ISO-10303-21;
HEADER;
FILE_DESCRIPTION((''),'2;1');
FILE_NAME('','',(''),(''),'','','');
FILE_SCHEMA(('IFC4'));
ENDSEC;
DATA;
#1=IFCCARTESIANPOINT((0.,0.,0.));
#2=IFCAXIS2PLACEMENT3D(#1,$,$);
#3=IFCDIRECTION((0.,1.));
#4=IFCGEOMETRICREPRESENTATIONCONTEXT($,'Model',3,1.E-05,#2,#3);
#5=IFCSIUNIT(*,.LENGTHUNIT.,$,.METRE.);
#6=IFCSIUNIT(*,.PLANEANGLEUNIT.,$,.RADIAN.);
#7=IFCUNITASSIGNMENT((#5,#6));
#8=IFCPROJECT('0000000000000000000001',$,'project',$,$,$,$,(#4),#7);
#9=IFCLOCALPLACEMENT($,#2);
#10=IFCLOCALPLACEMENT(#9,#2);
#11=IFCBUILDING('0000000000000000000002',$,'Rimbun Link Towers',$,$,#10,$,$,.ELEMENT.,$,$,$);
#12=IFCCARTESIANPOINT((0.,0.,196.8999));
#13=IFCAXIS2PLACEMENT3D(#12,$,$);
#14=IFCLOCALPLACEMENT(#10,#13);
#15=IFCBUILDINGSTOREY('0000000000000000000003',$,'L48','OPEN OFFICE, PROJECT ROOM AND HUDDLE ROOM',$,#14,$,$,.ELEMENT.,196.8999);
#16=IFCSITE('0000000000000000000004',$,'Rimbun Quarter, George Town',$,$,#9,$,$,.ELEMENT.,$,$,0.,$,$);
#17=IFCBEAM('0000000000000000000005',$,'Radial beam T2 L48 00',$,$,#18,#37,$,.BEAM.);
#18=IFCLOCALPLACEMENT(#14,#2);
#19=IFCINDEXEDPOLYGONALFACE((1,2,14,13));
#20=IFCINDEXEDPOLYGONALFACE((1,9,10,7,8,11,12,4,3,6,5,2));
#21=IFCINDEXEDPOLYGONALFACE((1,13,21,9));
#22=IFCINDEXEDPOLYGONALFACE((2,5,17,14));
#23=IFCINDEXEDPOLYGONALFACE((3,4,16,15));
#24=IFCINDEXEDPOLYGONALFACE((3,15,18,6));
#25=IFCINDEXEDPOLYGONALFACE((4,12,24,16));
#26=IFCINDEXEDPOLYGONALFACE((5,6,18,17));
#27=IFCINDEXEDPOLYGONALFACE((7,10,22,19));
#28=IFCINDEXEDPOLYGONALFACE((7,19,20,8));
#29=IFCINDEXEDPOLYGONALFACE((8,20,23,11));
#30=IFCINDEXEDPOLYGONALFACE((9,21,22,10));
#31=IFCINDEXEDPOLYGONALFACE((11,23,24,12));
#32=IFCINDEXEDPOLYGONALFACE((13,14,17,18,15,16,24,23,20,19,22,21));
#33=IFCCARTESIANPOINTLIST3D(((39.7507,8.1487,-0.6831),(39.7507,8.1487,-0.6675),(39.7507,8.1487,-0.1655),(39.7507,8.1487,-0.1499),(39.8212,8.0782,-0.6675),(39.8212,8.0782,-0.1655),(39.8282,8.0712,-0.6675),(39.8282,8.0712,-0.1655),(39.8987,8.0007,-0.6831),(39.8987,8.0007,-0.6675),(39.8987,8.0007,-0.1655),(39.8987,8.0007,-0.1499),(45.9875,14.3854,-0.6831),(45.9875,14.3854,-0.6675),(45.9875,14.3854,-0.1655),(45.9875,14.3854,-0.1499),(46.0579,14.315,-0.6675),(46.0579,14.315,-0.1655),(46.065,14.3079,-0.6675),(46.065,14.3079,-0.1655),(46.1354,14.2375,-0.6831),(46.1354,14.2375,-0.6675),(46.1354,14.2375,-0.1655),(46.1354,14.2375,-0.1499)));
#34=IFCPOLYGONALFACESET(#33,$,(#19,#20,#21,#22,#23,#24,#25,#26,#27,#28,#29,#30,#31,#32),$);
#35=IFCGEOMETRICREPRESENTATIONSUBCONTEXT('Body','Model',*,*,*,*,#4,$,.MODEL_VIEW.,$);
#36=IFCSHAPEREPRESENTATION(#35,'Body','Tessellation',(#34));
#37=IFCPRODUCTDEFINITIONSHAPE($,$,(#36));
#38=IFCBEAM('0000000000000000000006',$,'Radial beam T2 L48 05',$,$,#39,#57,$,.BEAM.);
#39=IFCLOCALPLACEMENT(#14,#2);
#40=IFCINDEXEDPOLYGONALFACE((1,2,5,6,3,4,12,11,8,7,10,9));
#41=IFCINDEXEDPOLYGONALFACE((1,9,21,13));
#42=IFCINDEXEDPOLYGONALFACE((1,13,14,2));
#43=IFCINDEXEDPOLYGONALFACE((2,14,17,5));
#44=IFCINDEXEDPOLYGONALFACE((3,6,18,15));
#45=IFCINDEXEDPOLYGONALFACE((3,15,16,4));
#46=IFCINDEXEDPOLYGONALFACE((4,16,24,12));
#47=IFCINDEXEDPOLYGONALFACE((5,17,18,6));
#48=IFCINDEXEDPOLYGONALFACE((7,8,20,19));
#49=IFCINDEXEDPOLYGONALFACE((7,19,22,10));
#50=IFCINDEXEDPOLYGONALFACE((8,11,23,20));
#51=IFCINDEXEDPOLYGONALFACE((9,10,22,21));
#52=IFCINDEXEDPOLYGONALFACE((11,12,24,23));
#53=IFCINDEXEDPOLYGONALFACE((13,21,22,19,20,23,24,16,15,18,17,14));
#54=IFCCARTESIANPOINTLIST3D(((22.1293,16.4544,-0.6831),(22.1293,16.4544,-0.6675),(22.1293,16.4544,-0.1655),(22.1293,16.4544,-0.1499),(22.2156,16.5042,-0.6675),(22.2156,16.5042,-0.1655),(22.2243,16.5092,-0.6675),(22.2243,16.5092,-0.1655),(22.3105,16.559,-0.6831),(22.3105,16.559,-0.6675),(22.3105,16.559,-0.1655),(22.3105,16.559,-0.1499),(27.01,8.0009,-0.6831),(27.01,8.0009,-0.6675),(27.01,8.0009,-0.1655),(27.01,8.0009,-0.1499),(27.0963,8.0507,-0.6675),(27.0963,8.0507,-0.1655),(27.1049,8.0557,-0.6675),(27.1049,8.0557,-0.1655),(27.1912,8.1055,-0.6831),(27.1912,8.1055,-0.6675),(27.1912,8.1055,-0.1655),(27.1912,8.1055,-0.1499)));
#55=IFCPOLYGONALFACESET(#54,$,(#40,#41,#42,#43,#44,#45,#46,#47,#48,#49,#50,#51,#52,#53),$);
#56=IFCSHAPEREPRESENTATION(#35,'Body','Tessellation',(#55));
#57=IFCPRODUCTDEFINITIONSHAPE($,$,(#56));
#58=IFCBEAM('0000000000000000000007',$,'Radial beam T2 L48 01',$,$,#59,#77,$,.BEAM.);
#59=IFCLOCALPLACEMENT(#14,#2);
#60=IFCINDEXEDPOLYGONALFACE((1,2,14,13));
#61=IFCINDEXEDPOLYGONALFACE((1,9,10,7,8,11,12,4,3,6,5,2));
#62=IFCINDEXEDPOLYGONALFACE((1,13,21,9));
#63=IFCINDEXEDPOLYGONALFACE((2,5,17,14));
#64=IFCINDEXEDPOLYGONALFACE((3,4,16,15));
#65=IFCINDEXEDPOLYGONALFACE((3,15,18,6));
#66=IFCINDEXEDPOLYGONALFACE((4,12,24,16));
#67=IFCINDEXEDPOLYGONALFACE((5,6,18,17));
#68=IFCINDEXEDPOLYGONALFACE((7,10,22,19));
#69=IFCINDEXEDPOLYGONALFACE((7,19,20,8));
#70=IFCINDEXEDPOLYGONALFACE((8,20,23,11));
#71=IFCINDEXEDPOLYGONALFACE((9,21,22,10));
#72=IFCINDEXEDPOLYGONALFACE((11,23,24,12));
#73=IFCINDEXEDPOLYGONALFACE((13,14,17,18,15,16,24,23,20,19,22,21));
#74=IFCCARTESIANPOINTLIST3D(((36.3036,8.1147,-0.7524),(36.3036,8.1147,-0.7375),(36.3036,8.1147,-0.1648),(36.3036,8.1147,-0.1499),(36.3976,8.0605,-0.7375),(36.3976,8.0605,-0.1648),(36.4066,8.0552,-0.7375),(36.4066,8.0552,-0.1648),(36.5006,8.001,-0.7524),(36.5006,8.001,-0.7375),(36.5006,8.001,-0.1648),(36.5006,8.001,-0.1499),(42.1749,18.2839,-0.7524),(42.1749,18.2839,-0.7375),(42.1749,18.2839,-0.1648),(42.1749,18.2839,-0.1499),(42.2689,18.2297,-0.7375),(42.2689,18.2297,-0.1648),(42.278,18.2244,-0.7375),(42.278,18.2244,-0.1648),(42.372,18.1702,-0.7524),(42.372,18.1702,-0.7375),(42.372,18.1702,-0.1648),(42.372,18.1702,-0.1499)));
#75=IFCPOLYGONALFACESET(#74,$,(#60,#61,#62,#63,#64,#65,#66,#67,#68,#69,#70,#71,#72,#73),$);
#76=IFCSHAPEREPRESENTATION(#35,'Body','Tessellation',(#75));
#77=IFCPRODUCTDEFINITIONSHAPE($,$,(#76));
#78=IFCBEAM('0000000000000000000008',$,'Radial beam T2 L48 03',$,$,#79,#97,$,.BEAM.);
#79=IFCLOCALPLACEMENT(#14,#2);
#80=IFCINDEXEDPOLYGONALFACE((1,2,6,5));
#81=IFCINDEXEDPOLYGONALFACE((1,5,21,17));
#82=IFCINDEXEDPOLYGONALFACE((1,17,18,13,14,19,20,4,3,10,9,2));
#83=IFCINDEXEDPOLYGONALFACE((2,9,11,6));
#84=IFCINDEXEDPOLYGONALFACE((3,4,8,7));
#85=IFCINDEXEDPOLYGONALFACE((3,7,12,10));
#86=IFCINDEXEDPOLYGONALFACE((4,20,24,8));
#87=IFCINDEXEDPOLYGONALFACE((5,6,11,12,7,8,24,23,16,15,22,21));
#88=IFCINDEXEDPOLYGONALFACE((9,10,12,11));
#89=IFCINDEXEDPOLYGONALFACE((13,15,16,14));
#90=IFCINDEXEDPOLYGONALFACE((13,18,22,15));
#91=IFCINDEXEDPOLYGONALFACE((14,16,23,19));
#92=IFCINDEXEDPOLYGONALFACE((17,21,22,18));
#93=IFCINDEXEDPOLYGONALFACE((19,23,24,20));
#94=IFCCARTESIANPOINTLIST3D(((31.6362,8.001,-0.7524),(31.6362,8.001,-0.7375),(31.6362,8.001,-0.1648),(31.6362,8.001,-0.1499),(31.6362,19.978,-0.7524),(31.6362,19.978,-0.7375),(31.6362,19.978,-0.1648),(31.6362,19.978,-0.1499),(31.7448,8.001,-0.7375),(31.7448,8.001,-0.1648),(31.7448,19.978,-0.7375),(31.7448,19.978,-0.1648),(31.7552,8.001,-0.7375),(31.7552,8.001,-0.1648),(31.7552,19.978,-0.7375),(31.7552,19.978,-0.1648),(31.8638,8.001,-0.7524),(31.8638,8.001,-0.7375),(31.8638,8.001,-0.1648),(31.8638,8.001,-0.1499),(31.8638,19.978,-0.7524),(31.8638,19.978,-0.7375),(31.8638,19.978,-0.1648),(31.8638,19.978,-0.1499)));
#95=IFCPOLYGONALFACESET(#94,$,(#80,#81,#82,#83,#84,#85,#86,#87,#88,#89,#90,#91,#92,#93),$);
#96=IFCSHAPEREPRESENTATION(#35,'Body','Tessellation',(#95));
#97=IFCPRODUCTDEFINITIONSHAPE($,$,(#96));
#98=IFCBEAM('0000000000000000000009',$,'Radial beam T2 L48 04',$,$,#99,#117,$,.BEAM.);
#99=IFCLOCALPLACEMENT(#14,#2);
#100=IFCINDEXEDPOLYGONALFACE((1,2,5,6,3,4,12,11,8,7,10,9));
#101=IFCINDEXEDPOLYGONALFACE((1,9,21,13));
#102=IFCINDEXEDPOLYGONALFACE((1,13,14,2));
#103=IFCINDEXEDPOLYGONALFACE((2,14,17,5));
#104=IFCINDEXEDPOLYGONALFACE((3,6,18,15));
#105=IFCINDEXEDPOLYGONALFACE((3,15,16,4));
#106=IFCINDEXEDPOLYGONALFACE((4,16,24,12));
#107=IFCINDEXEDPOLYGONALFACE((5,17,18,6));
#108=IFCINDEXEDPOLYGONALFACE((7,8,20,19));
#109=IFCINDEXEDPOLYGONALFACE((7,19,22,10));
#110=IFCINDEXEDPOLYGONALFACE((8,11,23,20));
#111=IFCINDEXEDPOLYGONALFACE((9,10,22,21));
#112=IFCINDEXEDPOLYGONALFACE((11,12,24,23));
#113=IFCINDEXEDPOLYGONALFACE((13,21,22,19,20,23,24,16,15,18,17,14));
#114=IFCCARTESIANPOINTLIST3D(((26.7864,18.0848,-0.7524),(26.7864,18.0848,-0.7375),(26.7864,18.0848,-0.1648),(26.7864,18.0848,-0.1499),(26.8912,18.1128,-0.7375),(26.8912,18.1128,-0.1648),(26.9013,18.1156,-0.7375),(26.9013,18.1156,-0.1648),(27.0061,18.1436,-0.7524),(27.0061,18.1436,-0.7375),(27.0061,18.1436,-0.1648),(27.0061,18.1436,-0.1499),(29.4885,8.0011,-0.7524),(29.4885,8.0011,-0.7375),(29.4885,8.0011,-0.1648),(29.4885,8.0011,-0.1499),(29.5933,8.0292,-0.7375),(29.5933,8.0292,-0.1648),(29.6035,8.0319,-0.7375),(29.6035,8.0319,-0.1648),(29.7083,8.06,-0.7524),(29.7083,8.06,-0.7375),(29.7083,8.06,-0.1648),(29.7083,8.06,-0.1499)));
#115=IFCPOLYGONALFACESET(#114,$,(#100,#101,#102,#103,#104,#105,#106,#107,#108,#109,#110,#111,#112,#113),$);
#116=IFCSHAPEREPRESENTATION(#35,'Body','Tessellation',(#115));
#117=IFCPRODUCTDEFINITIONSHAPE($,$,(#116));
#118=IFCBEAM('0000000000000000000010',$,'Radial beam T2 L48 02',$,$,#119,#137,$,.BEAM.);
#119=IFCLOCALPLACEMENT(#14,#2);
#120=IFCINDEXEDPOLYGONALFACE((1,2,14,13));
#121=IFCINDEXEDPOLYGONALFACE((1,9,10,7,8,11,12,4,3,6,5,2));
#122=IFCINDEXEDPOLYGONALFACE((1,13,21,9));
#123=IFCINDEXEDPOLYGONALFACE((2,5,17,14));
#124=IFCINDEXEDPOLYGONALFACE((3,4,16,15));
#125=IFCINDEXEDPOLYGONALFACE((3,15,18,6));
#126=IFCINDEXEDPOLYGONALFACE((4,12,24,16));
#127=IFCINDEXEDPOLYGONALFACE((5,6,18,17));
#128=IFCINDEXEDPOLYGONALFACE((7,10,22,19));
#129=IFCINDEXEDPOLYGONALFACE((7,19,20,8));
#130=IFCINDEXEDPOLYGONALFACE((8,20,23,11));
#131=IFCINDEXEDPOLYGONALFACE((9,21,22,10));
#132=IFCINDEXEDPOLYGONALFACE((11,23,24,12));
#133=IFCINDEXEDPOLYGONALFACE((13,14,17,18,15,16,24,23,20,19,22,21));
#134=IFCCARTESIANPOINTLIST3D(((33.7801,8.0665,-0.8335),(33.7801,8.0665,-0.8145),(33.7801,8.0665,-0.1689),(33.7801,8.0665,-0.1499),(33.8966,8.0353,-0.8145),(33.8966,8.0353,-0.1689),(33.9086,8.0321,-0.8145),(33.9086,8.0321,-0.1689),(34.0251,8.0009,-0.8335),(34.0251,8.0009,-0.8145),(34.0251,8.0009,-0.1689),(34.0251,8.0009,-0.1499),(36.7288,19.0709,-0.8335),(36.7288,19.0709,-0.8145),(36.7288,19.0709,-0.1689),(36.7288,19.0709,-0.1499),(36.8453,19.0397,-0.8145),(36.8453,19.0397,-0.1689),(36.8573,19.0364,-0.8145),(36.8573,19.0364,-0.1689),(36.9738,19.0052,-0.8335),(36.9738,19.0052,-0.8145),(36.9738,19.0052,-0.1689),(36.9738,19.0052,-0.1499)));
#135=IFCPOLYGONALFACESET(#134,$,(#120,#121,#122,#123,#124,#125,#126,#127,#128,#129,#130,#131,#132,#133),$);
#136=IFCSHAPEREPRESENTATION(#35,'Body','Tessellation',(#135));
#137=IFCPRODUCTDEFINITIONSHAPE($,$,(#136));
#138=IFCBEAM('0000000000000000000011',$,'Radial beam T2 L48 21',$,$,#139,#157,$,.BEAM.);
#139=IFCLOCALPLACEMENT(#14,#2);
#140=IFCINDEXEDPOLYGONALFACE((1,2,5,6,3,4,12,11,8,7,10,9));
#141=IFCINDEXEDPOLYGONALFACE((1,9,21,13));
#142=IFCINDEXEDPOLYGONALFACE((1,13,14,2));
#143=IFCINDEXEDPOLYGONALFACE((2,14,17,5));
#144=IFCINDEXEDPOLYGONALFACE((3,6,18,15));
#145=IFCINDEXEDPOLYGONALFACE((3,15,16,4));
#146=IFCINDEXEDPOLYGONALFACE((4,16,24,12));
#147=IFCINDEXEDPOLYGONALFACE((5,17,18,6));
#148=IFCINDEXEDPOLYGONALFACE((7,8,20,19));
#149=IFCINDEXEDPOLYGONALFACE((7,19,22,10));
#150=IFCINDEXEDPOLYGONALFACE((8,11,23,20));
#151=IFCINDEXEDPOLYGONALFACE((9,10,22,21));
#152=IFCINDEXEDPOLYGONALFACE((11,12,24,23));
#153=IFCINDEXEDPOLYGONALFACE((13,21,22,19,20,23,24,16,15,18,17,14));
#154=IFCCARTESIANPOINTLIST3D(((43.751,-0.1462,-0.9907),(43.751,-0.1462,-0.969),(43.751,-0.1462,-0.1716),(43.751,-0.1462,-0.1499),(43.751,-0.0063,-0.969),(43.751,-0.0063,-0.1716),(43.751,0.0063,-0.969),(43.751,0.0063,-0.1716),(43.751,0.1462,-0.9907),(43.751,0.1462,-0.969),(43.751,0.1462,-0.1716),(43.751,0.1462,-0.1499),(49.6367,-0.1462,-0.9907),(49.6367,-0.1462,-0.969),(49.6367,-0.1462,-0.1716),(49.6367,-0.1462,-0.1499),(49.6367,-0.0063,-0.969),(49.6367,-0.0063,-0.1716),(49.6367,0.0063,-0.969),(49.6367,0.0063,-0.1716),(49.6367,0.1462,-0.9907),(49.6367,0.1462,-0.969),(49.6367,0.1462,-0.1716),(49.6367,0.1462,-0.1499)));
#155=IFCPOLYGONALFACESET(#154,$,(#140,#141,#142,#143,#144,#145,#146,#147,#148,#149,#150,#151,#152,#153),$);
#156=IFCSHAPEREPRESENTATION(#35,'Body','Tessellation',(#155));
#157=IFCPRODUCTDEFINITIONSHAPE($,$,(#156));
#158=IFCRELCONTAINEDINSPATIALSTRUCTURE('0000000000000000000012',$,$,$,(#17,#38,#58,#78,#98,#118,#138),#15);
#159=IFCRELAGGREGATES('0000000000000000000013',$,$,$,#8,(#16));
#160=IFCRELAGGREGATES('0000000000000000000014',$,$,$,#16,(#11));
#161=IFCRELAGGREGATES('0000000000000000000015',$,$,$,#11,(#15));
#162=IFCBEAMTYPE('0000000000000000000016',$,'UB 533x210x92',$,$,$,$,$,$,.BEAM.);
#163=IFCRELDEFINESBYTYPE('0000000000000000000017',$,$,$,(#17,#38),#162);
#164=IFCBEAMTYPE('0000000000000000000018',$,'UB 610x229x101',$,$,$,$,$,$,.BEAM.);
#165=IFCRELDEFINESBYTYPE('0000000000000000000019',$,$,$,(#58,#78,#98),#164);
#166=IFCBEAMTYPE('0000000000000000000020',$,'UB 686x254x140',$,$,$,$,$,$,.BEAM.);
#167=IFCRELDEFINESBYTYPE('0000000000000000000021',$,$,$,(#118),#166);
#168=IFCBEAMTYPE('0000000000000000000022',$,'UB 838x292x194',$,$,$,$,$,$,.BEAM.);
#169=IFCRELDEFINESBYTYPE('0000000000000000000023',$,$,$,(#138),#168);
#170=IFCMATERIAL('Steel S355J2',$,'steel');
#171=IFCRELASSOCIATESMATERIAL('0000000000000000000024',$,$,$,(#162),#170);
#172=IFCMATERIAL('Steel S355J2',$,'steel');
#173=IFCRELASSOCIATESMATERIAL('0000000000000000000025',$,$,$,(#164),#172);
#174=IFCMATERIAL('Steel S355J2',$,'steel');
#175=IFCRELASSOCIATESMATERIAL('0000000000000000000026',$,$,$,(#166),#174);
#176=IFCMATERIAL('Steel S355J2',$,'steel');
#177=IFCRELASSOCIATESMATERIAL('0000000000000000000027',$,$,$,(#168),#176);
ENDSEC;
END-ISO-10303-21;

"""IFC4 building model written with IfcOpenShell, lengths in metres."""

from ifc_helpers import new_model, si_unit, direction, frame, origin, origin_2d, place, context, subcontext, project, spatial, i_section, extrude, material, material_profile, profile_set, type_object, element, save


model = new_model("IFC4")

# Units and contexts
model_context = context("Model", 3, precision=1e-05, world=origin(), true_north=direction((0.0, 1.0)))
body_context = subcontext(model_context, "Body", "Model", "MODEL_VIEW")
ifc_project = project(units=[si_unit("LENGTHUNIT", "METRE"), si_unit("PLANEANGLEUNIT", "RADIAN")], contexts=[model_context])

# Site, building, storey
site_placement = place(None, origin())
site = spatial("IfcSite", under=ifc_project, at=site_placement, Name="Rimbun Quarter, George Town", CompositionType="ELEMENT", RefElevation=0.0)
building_placement = place(site_placement, origin())
building = spatial("IfcBuilding", under=site, at=building_placement, Name="Rimbun Link Towers", CompositionType="ELEMENT")
storey_placement = place(building_placement, frame((0.0, 0.0, 196.8999)))
storey = spatial("IfcBuildingStorey", under=building, at=storey_placement, Name="L48", Description="OPEN OFFICE, PROJECT ROOM AND HUDDLE ROOM", CompositionType="ELEMENT", Elevation=196.8999)

# Beams
ifc_material_1 = material(Name="Steel S355J2", Category="steel")
ifc_material_profile_1 = material_profile(ifc_material_1, i_section(OverallWidth=0.2092, OverallDepth=0.5332, WebThickness=0.01, FlangeThickness=0.0156, at=origin_2d()), Name="UB 533x210x92")
ifc_profile_set_1 = profile_set([ifc_material_profile_1], Name="Steel S355J2")
beam_type_1 = type_object("IfcBeamType", Name="UB 533x210x92", PredefinedType="BEAM", material=ifc_profile_set_1)
beam_1_placement = place(storey_placement, frame((39.8247, 8.0747, -0.4165), z_axis=(0.707107, 0.707107, 0.0), x_axis=(-0.707107, 0.707107, 0.0)))
element("IfcBeam", 1, at=beam_1_placement, inside=storey, type_object=beam_type_1, Name="Radial beam T2 L48 00", PredefinedType="BEAM", context=body_context, shape_type="SweptSolid", body=[
    extrude(i_section(OverallWidth=0.2092, OverallDepth=0.5332, WebThickness=0.01, FlangeThickness=0.0156, at=origin_2d()), origin(), (0.0, 0.0, 1.0), 8.8201),
])
beam_2_placement = place(storey_placement, frame((27.1006, 8.0532, -0.4165), z_axis=(-0.500005, 0.866023, 0.0), x_axis=(-0.866023, -0.500005, 0.0)))
element("IfcBeam", 2, at=beam_2_placement, inside=storey, type_object=beam_type_1, Name="Radial beam T2 L48 05", PredefinedType="BEAM", context=body_context, shape_type="SweptSolid", body=[
    extrude(i_section(OverallWidth=0.2092, OverallDepth=0.5332, WebThickness=0.01, FlangeThickness=0.0156, at=origin_2d()), origin(), (0.0, 0.0, 1.0), 9.7612),
])
ifc_material_2 = material(Name="Steel S355J2", Category="steel")
ifc_material_profile_2 = material_profile(ifc_material_2, i_section(OverallWidth=0.2275, OverallDepth=0.6025, WebThickness=0.0105, FlangeThickness=0.0149, at=origin_2d()), Name="UB 610x229x101")
ifc_profile_set_2 = profile_set([ifc_material_profile_2], Name="Steel S355J2")
beam_type_2 = type_object("IfcBeamType", Name="UB 610x229x101", PredefinedType="BEAM", material=ifc_profile_set_2)
beam_3_placement = place(storey_placement, frame((36.4021, 8.0579, -0.4512), z_axis=(0.50001, 0.86602, 0.0), x_axis=(-0.86602, 0.50001, 0.0)))
element("IfcBeam", 3, at=beam_3_placement, inside=storey, type_object=beam_type_2, Name="Radial beam T2 L48 01", PredefinedType="BEAM", context=body_context, shape_type="SweptSolid", body=[
    extrude(i_section(OverallWidth=0.2275, OverallDepth=0.6025, WebThickness=0.0105, FlangeThickness=0.0149, at=origin_2d()), origin(), (0.0, 0.0, 1.0), 11.7424),
])
beam_4_placement = place(storey_placement, frame((31.75, 8.001, -0.4512), z_axis=(0.0, 1.0, 0.0), x_axis=(-1.0, 0.0, 0.0)))
element("IfcBeam", 4, at=beam_4_placement, inside=storey, type_object=beam_type_2, Name="Radial beam T2 L48 03", PredefinedType="BEAM", context=body_context, shape_type="SweptSolid", body=[
    extrude(i_section(OverallWidth=0.2275, OverallDepth=0.6025, WebThickness=0.0105, FlangeThickness=0.0149, at=origin_2d()), origin(), (0.0, 0.0, 1.0), 11.9771),
])
beam_5_placement = place(storey_placement, frame((29.5984, 8.0305, -0.4512), z_axis=(-0.258839, 0.965921, 0.0), x_axis=(-0.965921, -0.258839, 0.0)))
element("IfcBeam", 5, at=beam_5_placement, inside=storey, type_object=beam_type_2, Name="Radial beam T2 L48 04", PredefinedType="BEAM", context=body_context, shape_type="SweptSolid", body=[
    extrude(i_section(OverallWidth=0.2275, OverallDepth=0.6025, WebThickness=0.0105, FlangeThickness=0.0149, at=origin_2d()), origin(), (0.0, 0.0, 1.0), 10.4395),
])
ifc_material_3 = material(Name="Steel S355J2", Category="steel")
ifc_material_profile_3 = material_profile(ifc_material_3, i_section(OverallWidth=0.2537, OverallDepth=0.6836, WebThickness=0.0125, FlangeThickness=0.019, at=origin_2d()), Name="UB 686x254x140")
ifc_profile_set_3 = profile_set([ifc_material_profile_3], Name="Steel S355J2")
beam_type_3 = type_object("IfcBeamType", Name="UB 686x254x140", PredefinedType="BEAM", material=ifc_profile_set_3)
beam_6_placement = place(storey_placement, frame((33.9026, 8.0337, -0.4917), z_axis=(0.258828, 0.965923, 0.0), x_axis=(-0.965923, 0.258828, 0.0)))
element("IfcBeam", 6, at=beam_6_placement, inside=storey, type_object=beam_type_3, Name="Radial beam T2 L48 02", PredefinedType="BEAM", context=body_context, shape_type="SweptSolid", body=[
    extrude(i_section(OverallWidth=0.2537, OverallDepth=0.6836, WebThickness=0.0125, FlangeThickness=0.019, at=origin_2d()), origin(), (0.0, 0.0, 1.0), 11.3926),
])
ifc_material_4 = material(Name="Steel S355J2", Category="steel")
ifc_material_profile_4 = material_profile(ifc_material_4, i_section(OverallWidth=0.2925, OverallDepth=0.8408, WebThickness=0.0127, FlangeThickness=0.0217, at=origin_2d()), Name="UB 838x292x194")
ifc_profile_set_4 = profile_set([ifc_material_profile_4], Name="Steel S355J2")
beam_type_4 = type_object("IfcBeamType", Name="UB 838x292x194", PredefinedType="BEAM", material=ifc_profile_set_4)
beam_7_placement = place(storey_placement, frame((43.751, 0.0, -0.5703), z_axis=(1.0, 0.0, 0.0), x_axis=(0.0, 1.0, 0.0)))
element("IfcBeam", 7, at=beam_7_placement, inside=storey, type_object=beam_type_4, Name="Radial beam T2 L48 21", PredefinedType="BEAM", context=body_context, shape_type="SweptSolid", body=[
    extrude(i_section(OverallWidth=0.2925, OverallDepth=0.8408, WebThickness=0.0127, FlangeThickness=0.0217, at=origin_2d()), origin(), (0.0, 0.0, 1.0), 5.8857),
])

save(model, "model.ifc")
